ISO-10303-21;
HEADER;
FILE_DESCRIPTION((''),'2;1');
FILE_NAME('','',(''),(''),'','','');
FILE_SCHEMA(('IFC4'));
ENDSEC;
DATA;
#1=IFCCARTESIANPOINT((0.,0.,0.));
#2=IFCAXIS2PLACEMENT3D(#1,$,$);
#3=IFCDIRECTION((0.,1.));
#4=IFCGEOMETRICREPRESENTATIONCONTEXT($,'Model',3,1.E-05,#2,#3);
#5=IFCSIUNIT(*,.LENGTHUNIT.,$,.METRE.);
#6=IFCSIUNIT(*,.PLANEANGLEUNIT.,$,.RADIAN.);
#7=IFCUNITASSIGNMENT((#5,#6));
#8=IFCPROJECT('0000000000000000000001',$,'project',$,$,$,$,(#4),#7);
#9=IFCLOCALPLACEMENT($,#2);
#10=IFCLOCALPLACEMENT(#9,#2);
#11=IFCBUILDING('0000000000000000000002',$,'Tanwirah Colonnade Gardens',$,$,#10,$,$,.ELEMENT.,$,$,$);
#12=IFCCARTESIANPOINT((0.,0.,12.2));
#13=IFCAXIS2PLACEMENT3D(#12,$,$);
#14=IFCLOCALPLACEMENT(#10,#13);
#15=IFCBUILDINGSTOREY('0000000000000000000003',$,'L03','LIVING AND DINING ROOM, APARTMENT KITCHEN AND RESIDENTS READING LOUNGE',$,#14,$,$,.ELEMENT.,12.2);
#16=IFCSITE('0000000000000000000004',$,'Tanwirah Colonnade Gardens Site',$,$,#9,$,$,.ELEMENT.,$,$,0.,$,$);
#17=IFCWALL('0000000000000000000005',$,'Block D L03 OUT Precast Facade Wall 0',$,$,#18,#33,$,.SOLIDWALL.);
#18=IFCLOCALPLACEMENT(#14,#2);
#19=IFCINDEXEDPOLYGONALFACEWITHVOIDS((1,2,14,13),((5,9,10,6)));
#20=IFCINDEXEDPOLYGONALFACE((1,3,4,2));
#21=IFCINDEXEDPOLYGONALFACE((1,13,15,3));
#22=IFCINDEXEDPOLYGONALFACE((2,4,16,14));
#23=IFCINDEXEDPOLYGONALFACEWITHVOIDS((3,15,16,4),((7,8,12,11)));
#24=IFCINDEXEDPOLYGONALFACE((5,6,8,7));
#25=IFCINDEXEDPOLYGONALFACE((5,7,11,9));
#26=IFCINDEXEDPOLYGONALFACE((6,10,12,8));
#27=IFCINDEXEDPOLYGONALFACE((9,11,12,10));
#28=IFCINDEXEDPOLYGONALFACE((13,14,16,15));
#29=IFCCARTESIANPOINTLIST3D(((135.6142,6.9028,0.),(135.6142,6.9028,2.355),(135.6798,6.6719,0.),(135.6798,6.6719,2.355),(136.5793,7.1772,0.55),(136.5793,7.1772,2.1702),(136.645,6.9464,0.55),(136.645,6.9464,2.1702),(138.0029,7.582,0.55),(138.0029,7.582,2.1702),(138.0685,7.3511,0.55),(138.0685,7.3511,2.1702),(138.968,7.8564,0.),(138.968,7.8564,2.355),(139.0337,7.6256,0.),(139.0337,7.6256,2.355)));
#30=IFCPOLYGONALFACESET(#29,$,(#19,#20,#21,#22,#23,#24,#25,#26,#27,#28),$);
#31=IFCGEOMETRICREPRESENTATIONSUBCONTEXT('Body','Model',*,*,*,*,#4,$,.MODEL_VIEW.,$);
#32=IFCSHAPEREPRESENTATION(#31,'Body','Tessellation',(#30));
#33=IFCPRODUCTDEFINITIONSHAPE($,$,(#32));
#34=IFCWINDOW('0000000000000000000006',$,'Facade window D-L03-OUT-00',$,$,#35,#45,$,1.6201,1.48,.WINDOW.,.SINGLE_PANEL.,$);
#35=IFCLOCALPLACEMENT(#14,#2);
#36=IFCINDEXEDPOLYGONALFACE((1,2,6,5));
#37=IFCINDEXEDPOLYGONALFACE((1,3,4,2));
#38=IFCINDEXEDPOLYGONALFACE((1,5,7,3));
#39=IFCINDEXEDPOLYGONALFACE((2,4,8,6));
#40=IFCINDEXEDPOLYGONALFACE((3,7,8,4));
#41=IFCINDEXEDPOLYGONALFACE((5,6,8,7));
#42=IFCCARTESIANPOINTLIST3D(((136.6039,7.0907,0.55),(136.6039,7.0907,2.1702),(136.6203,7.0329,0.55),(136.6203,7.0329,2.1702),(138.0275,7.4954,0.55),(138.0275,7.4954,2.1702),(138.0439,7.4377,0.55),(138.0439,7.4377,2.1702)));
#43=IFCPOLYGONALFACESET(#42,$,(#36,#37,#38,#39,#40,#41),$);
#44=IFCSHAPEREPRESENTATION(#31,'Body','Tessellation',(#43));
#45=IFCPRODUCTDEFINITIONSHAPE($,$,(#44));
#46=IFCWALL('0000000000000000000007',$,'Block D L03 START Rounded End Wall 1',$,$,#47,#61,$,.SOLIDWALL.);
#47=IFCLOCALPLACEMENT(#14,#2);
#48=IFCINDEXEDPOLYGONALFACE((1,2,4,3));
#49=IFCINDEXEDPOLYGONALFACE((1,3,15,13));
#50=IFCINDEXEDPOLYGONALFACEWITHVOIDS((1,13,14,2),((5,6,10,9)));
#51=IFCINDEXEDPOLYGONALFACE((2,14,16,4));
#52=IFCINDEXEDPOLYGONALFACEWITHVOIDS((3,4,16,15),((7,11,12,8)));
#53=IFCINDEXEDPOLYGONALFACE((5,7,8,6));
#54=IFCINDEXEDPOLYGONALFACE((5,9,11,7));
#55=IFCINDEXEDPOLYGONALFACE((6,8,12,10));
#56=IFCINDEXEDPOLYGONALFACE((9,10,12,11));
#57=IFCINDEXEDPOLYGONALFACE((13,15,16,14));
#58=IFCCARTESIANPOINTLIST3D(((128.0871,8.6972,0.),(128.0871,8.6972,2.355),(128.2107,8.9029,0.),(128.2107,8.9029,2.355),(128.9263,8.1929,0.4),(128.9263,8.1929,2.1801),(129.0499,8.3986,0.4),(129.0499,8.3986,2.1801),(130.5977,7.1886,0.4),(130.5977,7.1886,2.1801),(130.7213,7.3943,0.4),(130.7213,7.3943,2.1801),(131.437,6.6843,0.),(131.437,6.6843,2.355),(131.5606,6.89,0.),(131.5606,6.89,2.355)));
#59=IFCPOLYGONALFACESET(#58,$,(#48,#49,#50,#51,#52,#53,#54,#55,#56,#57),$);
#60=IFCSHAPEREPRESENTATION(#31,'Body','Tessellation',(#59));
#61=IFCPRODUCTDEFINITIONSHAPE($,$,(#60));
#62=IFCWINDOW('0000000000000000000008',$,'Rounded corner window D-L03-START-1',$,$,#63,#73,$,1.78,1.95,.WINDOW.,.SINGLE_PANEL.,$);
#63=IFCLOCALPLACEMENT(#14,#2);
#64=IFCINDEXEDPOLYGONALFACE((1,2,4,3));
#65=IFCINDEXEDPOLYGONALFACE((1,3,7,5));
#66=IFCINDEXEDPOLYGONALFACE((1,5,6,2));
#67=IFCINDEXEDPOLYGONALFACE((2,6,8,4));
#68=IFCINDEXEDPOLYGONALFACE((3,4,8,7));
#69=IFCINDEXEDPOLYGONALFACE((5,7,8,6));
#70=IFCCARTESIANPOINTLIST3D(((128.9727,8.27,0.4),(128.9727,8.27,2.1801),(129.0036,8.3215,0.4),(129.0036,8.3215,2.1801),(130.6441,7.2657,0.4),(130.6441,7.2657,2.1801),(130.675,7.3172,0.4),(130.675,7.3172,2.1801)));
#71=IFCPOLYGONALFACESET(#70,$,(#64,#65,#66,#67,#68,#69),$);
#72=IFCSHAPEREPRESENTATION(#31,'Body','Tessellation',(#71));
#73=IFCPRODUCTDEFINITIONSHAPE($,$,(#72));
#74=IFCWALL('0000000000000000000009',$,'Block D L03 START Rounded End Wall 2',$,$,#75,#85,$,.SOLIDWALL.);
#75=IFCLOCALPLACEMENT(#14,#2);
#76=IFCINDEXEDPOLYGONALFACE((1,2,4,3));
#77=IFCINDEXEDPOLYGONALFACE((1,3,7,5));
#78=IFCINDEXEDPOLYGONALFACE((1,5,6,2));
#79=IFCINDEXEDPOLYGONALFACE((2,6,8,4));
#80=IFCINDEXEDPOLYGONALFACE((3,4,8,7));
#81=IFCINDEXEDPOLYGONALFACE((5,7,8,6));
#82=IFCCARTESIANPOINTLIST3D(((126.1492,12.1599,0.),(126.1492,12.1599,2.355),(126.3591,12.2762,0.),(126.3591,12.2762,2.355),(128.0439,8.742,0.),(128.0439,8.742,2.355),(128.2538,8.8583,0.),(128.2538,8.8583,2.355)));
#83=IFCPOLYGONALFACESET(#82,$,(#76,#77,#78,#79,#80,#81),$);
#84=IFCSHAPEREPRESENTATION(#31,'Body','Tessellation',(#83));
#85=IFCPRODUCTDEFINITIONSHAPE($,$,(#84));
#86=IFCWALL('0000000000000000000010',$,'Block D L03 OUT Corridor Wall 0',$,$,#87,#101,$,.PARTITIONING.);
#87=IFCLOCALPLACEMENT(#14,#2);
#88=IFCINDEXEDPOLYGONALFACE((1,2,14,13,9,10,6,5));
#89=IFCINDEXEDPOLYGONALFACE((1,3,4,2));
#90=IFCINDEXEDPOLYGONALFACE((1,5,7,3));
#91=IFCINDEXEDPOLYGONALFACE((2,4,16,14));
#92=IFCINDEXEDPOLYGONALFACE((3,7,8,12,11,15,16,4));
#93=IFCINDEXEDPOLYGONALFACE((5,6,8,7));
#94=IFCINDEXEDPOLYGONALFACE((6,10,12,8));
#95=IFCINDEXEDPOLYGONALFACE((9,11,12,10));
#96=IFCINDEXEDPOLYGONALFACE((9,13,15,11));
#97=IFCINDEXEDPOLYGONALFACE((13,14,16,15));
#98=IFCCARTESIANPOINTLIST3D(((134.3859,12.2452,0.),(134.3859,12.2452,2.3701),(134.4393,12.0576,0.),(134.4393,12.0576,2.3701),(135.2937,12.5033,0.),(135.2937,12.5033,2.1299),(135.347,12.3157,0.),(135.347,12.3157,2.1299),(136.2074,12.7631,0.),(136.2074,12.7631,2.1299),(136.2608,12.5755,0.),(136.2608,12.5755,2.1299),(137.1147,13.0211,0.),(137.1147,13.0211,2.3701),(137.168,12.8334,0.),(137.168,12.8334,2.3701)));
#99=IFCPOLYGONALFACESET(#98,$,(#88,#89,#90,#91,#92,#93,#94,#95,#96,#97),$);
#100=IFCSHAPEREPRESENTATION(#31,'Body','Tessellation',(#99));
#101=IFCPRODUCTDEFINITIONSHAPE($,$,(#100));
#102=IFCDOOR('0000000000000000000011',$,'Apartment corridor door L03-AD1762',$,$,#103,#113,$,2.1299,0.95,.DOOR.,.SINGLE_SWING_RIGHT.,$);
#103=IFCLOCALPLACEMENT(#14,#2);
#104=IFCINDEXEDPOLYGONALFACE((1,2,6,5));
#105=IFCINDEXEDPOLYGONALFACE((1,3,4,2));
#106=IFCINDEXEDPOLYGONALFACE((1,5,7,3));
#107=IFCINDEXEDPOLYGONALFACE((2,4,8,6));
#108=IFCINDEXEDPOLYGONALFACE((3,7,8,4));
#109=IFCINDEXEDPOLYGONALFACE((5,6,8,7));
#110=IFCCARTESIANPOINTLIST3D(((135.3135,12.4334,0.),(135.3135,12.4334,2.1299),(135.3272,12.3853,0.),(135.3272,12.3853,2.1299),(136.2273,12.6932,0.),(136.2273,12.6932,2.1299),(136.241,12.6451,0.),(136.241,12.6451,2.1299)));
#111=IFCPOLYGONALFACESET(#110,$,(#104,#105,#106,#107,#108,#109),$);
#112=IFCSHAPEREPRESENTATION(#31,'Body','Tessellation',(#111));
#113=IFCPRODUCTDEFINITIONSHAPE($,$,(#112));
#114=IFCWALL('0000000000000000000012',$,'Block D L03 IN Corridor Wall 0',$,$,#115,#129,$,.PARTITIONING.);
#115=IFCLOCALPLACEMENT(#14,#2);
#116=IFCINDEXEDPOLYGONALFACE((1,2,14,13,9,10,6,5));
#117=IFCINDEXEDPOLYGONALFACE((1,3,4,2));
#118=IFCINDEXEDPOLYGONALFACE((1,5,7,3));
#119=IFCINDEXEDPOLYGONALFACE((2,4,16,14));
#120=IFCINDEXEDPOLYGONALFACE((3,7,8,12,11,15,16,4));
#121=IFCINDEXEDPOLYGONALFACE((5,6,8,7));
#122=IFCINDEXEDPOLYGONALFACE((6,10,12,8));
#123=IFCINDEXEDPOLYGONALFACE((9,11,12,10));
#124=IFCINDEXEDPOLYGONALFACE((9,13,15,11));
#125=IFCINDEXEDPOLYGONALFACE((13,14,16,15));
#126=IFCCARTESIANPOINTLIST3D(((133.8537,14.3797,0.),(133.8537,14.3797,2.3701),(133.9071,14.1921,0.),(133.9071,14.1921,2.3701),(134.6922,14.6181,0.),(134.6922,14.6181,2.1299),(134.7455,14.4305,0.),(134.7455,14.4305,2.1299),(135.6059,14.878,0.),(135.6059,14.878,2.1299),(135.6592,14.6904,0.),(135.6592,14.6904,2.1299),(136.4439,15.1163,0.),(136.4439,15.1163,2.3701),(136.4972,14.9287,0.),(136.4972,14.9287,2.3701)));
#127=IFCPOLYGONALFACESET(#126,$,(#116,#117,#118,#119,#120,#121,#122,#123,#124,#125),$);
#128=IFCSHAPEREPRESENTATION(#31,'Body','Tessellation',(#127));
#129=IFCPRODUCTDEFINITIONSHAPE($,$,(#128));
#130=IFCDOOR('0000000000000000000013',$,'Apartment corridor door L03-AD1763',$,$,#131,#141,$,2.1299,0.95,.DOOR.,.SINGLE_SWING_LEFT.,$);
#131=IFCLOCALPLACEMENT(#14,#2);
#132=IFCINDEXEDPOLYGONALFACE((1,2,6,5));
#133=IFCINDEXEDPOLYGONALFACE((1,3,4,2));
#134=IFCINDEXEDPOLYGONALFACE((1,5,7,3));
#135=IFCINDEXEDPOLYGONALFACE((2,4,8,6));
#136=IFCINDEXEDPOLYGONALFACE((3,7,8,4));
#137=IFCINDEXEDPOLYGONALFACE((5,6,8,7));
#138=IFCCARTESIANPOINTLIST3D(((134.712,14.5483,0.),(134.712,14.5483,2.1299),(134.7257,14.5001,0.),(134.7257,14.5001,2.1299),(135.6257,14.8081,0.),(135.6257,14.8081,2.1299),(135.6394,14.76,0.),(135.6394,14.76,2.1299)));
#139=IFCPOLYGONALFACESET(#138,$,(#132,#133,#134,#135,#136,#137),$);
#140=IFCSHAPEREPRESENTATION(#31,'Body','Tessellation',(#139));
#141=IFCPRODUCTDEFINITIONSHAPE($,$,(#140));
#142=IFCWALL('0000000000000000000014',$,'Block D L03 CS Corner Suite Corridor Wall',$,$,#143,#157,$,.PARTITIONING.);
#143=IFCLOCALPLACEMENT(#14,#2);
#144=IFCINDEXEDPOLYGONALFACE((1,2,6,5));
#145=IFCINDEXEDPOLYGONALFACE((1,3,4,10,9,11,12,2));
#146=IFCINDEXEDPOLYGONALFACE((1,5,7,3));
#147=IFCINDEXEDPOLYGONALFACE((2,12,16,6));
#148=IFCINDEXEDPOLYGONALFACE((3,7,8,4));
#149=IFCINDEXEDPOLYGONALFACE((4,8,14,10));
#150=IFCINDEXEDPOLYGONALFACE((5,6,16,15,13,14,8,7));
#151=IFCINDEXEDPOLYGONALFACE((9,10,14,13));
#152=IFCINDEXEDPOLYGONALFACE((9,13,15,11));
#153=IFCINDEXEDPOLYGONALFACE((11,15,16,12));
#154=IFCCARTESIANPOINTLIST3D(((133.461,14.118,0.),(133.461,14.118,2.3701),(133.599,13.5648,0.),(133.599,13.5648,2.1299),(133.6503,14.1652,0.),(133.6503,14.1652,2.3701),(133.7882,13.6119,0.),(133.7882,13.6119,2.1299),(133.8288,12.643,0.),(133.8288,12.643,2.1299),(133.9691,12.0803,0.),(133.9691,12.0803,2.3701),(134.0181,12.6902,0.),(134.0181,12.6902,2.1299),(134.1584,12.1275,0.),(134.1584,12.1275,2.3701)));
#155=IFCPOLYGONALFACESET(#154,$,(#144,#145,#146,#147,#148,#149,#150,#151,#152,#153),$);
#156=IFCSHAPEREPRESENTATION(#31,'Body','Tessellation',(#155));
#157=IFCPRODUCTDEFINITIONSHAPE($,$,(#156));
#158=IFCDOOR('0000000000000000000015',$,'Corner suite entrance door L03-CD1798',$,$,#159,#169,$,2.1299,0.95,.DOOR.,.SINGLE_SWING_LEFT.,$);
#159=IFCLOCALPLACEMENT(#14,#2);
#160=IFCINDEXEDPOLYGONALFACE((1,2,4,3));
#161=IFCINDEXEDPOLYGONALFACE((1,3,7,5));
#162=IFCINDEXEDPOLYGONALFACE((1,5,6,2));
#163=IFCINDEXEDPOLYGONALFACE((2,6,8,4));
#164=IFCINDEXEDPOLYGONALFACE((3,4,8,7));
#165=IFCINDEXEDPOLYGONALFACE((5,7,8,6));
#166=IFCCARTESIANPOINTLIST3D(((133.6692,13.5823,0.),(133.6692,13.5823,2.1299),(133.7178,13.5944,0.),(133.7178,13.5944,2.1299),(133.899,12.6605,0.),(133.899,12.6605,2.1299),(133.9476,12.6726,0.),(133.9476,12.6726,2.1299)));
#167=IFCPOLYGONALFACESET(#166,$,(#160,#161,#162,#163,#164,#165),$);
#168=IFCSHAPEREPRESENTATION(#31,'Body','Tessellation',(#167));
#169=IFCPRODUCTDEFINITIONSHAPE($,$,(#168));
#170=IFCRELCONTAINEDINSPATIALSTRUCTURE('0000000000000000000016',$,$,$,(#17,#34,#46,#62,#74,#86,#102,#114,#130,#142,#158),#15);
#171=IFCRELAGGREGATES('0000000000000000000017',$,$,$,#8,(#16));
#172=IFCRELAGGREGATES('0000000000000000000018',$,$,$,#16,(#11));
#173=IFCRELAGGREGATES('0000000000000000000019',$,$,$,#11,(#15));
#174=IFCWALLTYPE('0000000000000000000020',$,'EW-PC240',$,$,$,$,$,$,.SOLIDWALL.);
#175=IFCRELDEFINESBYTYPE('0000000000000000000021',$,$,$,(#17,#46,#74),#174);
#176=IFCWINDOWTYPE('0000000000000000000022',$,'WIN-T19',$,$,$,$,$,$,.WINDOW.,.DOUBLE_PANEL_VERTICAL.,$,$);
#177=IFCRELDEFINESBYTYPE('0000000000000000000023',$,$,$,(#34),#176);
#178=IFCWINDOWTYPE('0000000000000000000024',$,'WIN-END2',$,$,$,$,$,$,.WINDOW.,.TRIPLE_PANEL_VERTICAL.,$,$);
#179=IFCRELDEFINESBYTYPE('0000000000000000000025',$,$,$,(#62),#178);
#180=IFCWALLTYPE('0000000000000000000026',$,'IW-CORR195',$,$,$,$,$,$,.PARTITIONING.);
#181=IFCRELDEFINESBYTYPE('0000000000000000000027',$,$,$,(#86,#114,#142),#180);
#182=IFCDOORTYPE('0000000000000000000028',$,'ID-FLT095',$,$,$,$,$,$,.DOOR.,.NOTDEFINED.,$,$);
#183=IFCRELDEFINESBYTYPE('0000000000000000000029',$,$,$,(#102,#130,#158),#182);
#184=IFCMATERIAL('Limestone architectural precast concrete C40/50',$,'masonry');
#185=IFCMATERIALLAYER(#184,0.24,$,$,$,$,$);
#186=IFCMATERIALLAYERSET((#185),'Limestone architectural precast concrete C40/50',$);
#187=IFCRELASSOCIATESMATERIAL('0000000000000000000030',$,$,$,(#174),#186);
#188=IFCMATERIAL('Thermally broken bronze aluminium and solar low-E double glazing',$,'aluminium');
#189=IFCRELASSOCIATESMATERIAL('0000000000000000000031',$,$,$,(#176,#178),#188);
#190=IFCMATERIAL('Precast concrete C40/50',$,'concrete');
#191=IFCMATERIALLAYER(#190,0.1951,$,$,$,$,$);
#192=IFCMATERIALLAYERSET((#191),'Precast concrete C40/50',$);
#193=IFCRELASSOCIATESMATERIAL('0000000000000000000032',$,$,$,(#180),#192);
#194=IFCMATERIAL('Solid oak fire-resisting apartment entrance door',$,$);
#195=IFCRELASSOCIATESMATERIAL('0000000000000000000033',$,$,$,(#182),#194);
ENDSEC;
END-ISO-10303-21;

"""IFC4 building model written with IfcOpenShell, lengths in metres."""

from ifc_helpers import new_model, si_unit, direction, frame, frame_2d, origin, place, context, subcontext, project, spatial, rectangle, extrude, material, layer, layer_set, type_object, element, fill, save


model = new_model("IFC4")

# Units and contexts
model_context = context("Model", 3, precision=1e-05, world=origin(), true_north=direction((0.0, 1.0)))
body_context = subcontext(model_context, "Body", "Model", "MODEL_VIEW")
ifc_project = project(units=[si_unit("LENGTHUNIT", "METRE"), si_unit("PLANEANGLEUNIT", "RADIAN")], contexts=[model_context])

# Site, building, storey
site_placement = place(None, origin())
site = spatial("IfcSite", under=ifc_project, at=site_placement, Name="Tanwirah Colonnade Gardens Site", CompositionType="ELEMENT", RefElevation=0.0)
building_placement = place(site_placement, origin())
building = spatial("IfcBuilding", under=site, at=building_placement, Name="Tanwirah Colonnade Gardens", CompositionType="ELEMENT")
storey_placement = place(building_placement, frame((0.0, 0.0, 12.2)))
storey = spatial("IfcBuildingStorey", under=building, at=storey_placement, Name="L03", Description="LIVING AND DINING ROOM, APARTMENT KITCHEN AND RESIDENTS READING LOUNGE", CompositionType="ELEMENT", Elevation=12.2)

# Shared definitions
ifc_material_1 = material(Name="Precast concrete C40/50", Category="concrete")

# Walls, openings, windows
ifc_material_2 = material(Name="Limestone architectural precast concrete C40/50", Category="masonry")
ifc_layer_1 = layer(ifc_material_2, 0.24)
ifc_layer_set_1 = layer_set([ifc_layer_1], Name="Limestone architectural precast concrete C40/50")
wall_type_1 = type_object("IfcWallType", Name="EW-PC240", PredefinedType="SOLIDWALL", material=ifc_layer_set_1)
wall_1_placement = place(storey_placement, frame((135.647, 6.7874, 0.0), z_axis=(0.0, 0.0, 1.0), x_axis=(0.961872, 0.2735, 0.0)))
wall_1 = element("IfcWall", 1, at=wall_1_placement, inside=storey, type_object=wall_type_1, Name="Block D L03 OUT Precast Facade Wall 0", PredefinedType="SOLIDWALL", context=body_context, shape_type="SweptSolid", body=[
    extrude(rectangle(XDim=3.4868, YDim=0.24, at=frame_2d((1.7434, 0.0))), origin(), (0.0, 0.0, 1.0), 2.355),
])
opening_1_placement = place(wall_1_placement, frame((1.0034, 0.0, 0.55)))
opening_1 = element("IfcOpeningElement", 2, at=opening_1_placement, cuts=wall_1, PredefinedType="OPENING", context=body_context, shape_type="SweptSolid", body=[
    extrude(rectangle(XDim=1.48, YDim=1.6201, at=frame_2d((0.74, 0.8101))), frame((0.0, 0.1299, 0.0), z_axis=(0.0, -1.0, 0.0), x_axis=(1.0, 0.0, 0.0)), (0.0, 0.0, 1.0), 0.26),
])
ifc_material_3 = material(Name="Thermally broken bronze aluminium and solar low-E double glazing", Category="aluminium")
window_type_1 = type_object("IfcWindowType", Name="WIN-T19", PartitioningType="DOUBLE_PANEL_VERTICAL", PredefinedType="WINDOW", material=ifc_material_3)
window_1_placement = place(opening_1_placement, origin())
window_1 = element("IfcWindow", 3, at=window_1_placement, inside=storey, type_object=window_type_1, Name="Facade window D-L03-OUT-00", OverallHeight=1.6201, OverallWidth=1.48, PartitioningType="SINGLE_PANEL", PredefinedType="WINDOW", context=body_context, shape_type="SweptSolid", body=[
    extrude(rectangle(XDim=1.48, YDim=1.6201, at=frame_2d((0.74, 0.8101))), frame((0.0, 0.03, 0.0), z_axis=(0.0, -1.0, 0.0), x_axis=(1.0, 0.0, 0.0)), (0.0, 0.0, 1.0), 0.0601),
])
fill(opening_1, window_1)
wall_2_placement = place(storey_placement, frame((131.4988, 6.7871, 0.0), z_axis=(0.0, 0.0, 1.0), x_axis=(-0.857151, 0.515065, 0.0)))
wall_2 = element("IfcWall", 4, at=wall_2_placement, inside=storey, type_object=wall_type_1, Name="Block D L03 START Rounded End Wall 1", PredefinedType="SOLIDWALL", context=body_context, shape_type="SweptSolid", body=[
    extrude(rectangle(XDim=3.9082, YDim=0.24, at=frame_2d((1.9541, 0.0))), origin(), (0.0, 0.0, 1.0), 2.355),
])
opening_2_placement = place(wall_2_placement, frame((0.979, 0.0, 0.3999)))
opening_2 = element("IfcOpeningElement", 5, at=opening_2_placement, cuts=wall_2, PredefinedType="OPENING", context=body_context, shape_type="SweptSolid", body=[
    extrude(rectangle(XDim=1.95, YDim=1.78, at=frame_2d((0.9751, 0.8901))), frame((0.0, 0.1299, 0.0), z_axis=(0.0, -1.0, 0.0), x_axis=(1.0, 0.0, 0.0)), (0.0, 0.0, 1.0), 0.26),
])
window_type_2 = type_object("IfcWindowType", Name="WIN-END2", PartitioningType="TRIPLE_PANEL_VERTICAL", PredefinedType="WINDOW", material=ifc_material_3)
window_2_placement = place(opening_2_placement, origin())
window_2 = element("IfcWindow", 6, at=window_2_placement, inside=storey, type_object=window_type_2, Name="Rounded corner window D-L03-START-1", OverallHeight=1.78, OverallWidth=1.95, PartitioningType="SINGLE_PANEL", PredefinedType="WINDOW", context=body_context, shape_type="SweptSolid", body=[
    extrude(rectangle(XDim=1.95, YDim=1.78, at=frame_2d((0.9751, 0.8901))), frame((0.0, 0.03, 0.0), z_axis=(0.0, -1.0, 0.0), x_axis=(1.0, 0.0, 0.0)), (0.0, 0.0, 1.0), 0.0601),
])
fill(opening_2, window_2)

# Wall
wall_3_placement = place(storey_placement, frame((128.1489, 8.8, 0.0), z_axis=(0.0, 0.0, 1.0), x_axis=(-0.484842, 0.874602, 0.0)))
element("IfcWall", 7, at=wall_3_placement, inside=storey, type_object=wall_type_1, Name="Block D L03 START Rounded End Wall 2", PredefinedType="SOLIDWALL", context=body_context, shape_type="SweptSolid", body=[
    extrude(rectangle(XDim=3.908, YDim=0.24, at=frame_2d((1.9541, 0.0))), origin(), (0.0, 0.0, 1.0), 2.355),
])

# Walls, openings, doors
ifc_layer_2 = layer(ifc_material_1, 0.1951)
ifc_layer_set_2 = layer_set([ifc_layer_2], Name="Precast concrete C40/50")
wall_type_2 = type_object("IfcWallType", Name="IW-CORR195", PredefinedType="PARTITIONING", material=ifc_layer_set_2)
wall_4_placement = place(storey_placement, frame((134.4126, 12.1514, 0.0), z_axis=(0.0, 0.0, 1.0), x_axis=(0.961874, 0.273493, 0.0)))
wall_4 = element("IfcWall", 8, at=wall_4_placement, inside=storey, type_object=wall_type_2, Name="Block D L03 OUT Corridor Wall 0", PredefinedType="PARTITIONING", context=body_context, shape_type="SweptSolid", body=[
    extrude(rectangle(XDim=2.8369, YDim=0.1951, at=frame_2d((1.4185, 0.0))), origin(), (0.0, 0.0, 1.0), 2.3701),
])
opening_3_placement = place(wall_4_placement, frame((0.9436, 0.0, 0.0)))
opening_3 = element("IfcOpeningElement", 9, at=opening_3_placement, cuts=wall_4, PredefinedType="OPENING", context=body_context, shape_type="SweptSolid", body=[
    extrude(rectangle(XDim=0.95, YDim=2.1299, at=frame_2d((0.4751, 1.0649))), frame((0.0, 0.1074, 0.0), z_axis=(0.0, -1.0, 0.0), x_axis=(1.0, 0.0, 0.0)), (0.0, 0.0, 1.0), 0.2151),
])
ifc_material_4 = material(Name="Solid oak fire-resisting apartment entrance door")
door_type_1 = type_object("IfcDoorType", Name="ID-FLT095", OperationType="NOTDEFINED", PredefinedType="DOOR", material=ifc_material_4)
door_1_placement = place(opening_3_placement, origin())
door_1 = element("IfcDoor", 10, at=door_1_placement, inside=storey, type_object=door_type_1, Name="Apartment corridor door L03-AD1762", OperationType="SINGLE_SWING_RIGHT", OverallHeight=2.1299, OverallWidth=0.95, PredefinedType="DOOR", context=body_context, shape_type="SweptSolid", body=[
    extrude(rectangle(XDim=0.95, YDim=2.1299, at=frame_2d((0.4751, 1.0649))), frame((0.0, 0.0249, 0.0), z_axis=(0.0, -1.0, 0.0), x_axis=(1.0, 0.0, 0.0)), (0.0, 0.0, 1.0), 0.05),
])
fill(opening_3, door_1)
wall_5_placement = place(storey_placement, frame((133.8804, 14.2859, 0.0), z_axis=(0.0, 0.0, 1.0), x_axis=(0.961862, 0.273535, 0.0)))
wall_5 = element("IfcWall", 11, at=wall_5_placement, inside=storey, type_object=wall_type_2, Name="Block D L03 IN Corridor Wall 0", PredefinedType="PARTITIONING", context=body_context, shape_type="SweptSolid", body=[
    extrude(rectangle(XDim=2.6929, YDim=0.1951, at=frame_2d((1.3464, 0.0))), origin(), (0.0, 0.0, 1.0), 2.3701),
])
opening_4_placement = place(wall_5_placement, frame((0.8716, 0.0, 0.0)))
opening_4 = element("IfcOpeningElement", 12, at=opening_4_placement, cuts=wall_5, PredefinedType="OPENING", context=body_context, shape_type="SweptSolid", body=[
    extrude(rectangle(XDim=0.95, YDim=2.1299, at=frame_2d((0.4751, 1.0649))), frame((0.0, 0.1074, 0.0), z_axis=(0.0, -1.0, 0.0), x_axis=(1.0, 0.0, 0.0)), (0.0, 0.0, 1.0), 0.2151),
])
door_2_placement = place(opening_4_placement, origin())
door_2 = element("IfcDoor", 13, at=door_2_placement, inside=storey, type_object=door_type_1, Name="Apartment corridor door L03-AD1763", OperationType="SINGLE_SWING_LEFT", OverallHeight=2.1299, OverallWidth=0.95, PredefinedType="DOOR", context=body_context, shape_type="SweptSolid", body=[
    extrude(rectangle(XDim=0.95, YDim=2.1299, at=frame_2d((0.4751, 1.0649))), frame((0.0, 0.0249, 0.0), z_axis=(0.0, -1.0, 0.0), x_axis=(1.0, 0.0, 0.0)), (0.0, 0.0, 1.0), 0.05),
])
fill(opening_4, door_2)
wall_6_placement = place(storey_placement, frame((133.5557, 14.1416, 0.0), z_axis=(0.0, 0.0, 1.0), x_axis=(0.241934, -0.970293, 0.0)))
wall_6 = element("IfcWall", 14, at=wall_6_placement, inside=storey, type_object=wall_type_2, Name="Block D L03 CS Corner Suite Corridor Wall", PredefinedType="PARTITIONING", context=body_context, shape_type="SweptSolid", body=[
    extrude(rectangle(XDim=2.1001, YDim=0.1951, at=frame_2d((1.05, 0.0))), origin(), (0.0, 0.0, 1.0), 2.3701),
])
opening_5_placement = place(wall_6_placement, frame((0.5701, 0.0, 0.0)))
opening_5 = element("IfcOpeningElement", 15, at=opening_5_placement, cuts=wall_6, PredefinedType="OPENING", context=body_context, shape_type="SweptSolid", body=[
    extrude(rectangle(XDim=0.95, YDim=2.1299, at=frame_2d((0.4751, 1.0649))), frame((0.0, 0.1074, 0.0), z_axis=(0.0, -1.0, 0.0), x_axis=(1.0, 0.0, 0.0)), (0.0, 0.0, 1.0), 0.2151),
])
door_3_placement = place(opening_5_placement, origin())
door_3 = element("IfcDoor", 16, at=door_3_placement, inside=storey, type_object=door_type_1, Name="Corner suite entrance door L03-CD1798", OperationType="SINGLE_SWING_LEFT", OverallHeight=2.1299, OverallWidth=0.95, PredefinedType="DOOR", context=body_context, shape_type="SweptSolid", body=[
    extrude(rectangle(XDim=0.95, YDim=2.1299, at=frame_2d((0.4751, 1.0649))), frame((0.0, 0.0249, 0.0), z_axis=(0.0, -1.0, 0.0), x_axis=(1.0, 0.0, 0.0)), (0.0, 0.0, 1.0), 0.05),
])
fill(opening_5, door_3)

save(model, "model.ifc")
